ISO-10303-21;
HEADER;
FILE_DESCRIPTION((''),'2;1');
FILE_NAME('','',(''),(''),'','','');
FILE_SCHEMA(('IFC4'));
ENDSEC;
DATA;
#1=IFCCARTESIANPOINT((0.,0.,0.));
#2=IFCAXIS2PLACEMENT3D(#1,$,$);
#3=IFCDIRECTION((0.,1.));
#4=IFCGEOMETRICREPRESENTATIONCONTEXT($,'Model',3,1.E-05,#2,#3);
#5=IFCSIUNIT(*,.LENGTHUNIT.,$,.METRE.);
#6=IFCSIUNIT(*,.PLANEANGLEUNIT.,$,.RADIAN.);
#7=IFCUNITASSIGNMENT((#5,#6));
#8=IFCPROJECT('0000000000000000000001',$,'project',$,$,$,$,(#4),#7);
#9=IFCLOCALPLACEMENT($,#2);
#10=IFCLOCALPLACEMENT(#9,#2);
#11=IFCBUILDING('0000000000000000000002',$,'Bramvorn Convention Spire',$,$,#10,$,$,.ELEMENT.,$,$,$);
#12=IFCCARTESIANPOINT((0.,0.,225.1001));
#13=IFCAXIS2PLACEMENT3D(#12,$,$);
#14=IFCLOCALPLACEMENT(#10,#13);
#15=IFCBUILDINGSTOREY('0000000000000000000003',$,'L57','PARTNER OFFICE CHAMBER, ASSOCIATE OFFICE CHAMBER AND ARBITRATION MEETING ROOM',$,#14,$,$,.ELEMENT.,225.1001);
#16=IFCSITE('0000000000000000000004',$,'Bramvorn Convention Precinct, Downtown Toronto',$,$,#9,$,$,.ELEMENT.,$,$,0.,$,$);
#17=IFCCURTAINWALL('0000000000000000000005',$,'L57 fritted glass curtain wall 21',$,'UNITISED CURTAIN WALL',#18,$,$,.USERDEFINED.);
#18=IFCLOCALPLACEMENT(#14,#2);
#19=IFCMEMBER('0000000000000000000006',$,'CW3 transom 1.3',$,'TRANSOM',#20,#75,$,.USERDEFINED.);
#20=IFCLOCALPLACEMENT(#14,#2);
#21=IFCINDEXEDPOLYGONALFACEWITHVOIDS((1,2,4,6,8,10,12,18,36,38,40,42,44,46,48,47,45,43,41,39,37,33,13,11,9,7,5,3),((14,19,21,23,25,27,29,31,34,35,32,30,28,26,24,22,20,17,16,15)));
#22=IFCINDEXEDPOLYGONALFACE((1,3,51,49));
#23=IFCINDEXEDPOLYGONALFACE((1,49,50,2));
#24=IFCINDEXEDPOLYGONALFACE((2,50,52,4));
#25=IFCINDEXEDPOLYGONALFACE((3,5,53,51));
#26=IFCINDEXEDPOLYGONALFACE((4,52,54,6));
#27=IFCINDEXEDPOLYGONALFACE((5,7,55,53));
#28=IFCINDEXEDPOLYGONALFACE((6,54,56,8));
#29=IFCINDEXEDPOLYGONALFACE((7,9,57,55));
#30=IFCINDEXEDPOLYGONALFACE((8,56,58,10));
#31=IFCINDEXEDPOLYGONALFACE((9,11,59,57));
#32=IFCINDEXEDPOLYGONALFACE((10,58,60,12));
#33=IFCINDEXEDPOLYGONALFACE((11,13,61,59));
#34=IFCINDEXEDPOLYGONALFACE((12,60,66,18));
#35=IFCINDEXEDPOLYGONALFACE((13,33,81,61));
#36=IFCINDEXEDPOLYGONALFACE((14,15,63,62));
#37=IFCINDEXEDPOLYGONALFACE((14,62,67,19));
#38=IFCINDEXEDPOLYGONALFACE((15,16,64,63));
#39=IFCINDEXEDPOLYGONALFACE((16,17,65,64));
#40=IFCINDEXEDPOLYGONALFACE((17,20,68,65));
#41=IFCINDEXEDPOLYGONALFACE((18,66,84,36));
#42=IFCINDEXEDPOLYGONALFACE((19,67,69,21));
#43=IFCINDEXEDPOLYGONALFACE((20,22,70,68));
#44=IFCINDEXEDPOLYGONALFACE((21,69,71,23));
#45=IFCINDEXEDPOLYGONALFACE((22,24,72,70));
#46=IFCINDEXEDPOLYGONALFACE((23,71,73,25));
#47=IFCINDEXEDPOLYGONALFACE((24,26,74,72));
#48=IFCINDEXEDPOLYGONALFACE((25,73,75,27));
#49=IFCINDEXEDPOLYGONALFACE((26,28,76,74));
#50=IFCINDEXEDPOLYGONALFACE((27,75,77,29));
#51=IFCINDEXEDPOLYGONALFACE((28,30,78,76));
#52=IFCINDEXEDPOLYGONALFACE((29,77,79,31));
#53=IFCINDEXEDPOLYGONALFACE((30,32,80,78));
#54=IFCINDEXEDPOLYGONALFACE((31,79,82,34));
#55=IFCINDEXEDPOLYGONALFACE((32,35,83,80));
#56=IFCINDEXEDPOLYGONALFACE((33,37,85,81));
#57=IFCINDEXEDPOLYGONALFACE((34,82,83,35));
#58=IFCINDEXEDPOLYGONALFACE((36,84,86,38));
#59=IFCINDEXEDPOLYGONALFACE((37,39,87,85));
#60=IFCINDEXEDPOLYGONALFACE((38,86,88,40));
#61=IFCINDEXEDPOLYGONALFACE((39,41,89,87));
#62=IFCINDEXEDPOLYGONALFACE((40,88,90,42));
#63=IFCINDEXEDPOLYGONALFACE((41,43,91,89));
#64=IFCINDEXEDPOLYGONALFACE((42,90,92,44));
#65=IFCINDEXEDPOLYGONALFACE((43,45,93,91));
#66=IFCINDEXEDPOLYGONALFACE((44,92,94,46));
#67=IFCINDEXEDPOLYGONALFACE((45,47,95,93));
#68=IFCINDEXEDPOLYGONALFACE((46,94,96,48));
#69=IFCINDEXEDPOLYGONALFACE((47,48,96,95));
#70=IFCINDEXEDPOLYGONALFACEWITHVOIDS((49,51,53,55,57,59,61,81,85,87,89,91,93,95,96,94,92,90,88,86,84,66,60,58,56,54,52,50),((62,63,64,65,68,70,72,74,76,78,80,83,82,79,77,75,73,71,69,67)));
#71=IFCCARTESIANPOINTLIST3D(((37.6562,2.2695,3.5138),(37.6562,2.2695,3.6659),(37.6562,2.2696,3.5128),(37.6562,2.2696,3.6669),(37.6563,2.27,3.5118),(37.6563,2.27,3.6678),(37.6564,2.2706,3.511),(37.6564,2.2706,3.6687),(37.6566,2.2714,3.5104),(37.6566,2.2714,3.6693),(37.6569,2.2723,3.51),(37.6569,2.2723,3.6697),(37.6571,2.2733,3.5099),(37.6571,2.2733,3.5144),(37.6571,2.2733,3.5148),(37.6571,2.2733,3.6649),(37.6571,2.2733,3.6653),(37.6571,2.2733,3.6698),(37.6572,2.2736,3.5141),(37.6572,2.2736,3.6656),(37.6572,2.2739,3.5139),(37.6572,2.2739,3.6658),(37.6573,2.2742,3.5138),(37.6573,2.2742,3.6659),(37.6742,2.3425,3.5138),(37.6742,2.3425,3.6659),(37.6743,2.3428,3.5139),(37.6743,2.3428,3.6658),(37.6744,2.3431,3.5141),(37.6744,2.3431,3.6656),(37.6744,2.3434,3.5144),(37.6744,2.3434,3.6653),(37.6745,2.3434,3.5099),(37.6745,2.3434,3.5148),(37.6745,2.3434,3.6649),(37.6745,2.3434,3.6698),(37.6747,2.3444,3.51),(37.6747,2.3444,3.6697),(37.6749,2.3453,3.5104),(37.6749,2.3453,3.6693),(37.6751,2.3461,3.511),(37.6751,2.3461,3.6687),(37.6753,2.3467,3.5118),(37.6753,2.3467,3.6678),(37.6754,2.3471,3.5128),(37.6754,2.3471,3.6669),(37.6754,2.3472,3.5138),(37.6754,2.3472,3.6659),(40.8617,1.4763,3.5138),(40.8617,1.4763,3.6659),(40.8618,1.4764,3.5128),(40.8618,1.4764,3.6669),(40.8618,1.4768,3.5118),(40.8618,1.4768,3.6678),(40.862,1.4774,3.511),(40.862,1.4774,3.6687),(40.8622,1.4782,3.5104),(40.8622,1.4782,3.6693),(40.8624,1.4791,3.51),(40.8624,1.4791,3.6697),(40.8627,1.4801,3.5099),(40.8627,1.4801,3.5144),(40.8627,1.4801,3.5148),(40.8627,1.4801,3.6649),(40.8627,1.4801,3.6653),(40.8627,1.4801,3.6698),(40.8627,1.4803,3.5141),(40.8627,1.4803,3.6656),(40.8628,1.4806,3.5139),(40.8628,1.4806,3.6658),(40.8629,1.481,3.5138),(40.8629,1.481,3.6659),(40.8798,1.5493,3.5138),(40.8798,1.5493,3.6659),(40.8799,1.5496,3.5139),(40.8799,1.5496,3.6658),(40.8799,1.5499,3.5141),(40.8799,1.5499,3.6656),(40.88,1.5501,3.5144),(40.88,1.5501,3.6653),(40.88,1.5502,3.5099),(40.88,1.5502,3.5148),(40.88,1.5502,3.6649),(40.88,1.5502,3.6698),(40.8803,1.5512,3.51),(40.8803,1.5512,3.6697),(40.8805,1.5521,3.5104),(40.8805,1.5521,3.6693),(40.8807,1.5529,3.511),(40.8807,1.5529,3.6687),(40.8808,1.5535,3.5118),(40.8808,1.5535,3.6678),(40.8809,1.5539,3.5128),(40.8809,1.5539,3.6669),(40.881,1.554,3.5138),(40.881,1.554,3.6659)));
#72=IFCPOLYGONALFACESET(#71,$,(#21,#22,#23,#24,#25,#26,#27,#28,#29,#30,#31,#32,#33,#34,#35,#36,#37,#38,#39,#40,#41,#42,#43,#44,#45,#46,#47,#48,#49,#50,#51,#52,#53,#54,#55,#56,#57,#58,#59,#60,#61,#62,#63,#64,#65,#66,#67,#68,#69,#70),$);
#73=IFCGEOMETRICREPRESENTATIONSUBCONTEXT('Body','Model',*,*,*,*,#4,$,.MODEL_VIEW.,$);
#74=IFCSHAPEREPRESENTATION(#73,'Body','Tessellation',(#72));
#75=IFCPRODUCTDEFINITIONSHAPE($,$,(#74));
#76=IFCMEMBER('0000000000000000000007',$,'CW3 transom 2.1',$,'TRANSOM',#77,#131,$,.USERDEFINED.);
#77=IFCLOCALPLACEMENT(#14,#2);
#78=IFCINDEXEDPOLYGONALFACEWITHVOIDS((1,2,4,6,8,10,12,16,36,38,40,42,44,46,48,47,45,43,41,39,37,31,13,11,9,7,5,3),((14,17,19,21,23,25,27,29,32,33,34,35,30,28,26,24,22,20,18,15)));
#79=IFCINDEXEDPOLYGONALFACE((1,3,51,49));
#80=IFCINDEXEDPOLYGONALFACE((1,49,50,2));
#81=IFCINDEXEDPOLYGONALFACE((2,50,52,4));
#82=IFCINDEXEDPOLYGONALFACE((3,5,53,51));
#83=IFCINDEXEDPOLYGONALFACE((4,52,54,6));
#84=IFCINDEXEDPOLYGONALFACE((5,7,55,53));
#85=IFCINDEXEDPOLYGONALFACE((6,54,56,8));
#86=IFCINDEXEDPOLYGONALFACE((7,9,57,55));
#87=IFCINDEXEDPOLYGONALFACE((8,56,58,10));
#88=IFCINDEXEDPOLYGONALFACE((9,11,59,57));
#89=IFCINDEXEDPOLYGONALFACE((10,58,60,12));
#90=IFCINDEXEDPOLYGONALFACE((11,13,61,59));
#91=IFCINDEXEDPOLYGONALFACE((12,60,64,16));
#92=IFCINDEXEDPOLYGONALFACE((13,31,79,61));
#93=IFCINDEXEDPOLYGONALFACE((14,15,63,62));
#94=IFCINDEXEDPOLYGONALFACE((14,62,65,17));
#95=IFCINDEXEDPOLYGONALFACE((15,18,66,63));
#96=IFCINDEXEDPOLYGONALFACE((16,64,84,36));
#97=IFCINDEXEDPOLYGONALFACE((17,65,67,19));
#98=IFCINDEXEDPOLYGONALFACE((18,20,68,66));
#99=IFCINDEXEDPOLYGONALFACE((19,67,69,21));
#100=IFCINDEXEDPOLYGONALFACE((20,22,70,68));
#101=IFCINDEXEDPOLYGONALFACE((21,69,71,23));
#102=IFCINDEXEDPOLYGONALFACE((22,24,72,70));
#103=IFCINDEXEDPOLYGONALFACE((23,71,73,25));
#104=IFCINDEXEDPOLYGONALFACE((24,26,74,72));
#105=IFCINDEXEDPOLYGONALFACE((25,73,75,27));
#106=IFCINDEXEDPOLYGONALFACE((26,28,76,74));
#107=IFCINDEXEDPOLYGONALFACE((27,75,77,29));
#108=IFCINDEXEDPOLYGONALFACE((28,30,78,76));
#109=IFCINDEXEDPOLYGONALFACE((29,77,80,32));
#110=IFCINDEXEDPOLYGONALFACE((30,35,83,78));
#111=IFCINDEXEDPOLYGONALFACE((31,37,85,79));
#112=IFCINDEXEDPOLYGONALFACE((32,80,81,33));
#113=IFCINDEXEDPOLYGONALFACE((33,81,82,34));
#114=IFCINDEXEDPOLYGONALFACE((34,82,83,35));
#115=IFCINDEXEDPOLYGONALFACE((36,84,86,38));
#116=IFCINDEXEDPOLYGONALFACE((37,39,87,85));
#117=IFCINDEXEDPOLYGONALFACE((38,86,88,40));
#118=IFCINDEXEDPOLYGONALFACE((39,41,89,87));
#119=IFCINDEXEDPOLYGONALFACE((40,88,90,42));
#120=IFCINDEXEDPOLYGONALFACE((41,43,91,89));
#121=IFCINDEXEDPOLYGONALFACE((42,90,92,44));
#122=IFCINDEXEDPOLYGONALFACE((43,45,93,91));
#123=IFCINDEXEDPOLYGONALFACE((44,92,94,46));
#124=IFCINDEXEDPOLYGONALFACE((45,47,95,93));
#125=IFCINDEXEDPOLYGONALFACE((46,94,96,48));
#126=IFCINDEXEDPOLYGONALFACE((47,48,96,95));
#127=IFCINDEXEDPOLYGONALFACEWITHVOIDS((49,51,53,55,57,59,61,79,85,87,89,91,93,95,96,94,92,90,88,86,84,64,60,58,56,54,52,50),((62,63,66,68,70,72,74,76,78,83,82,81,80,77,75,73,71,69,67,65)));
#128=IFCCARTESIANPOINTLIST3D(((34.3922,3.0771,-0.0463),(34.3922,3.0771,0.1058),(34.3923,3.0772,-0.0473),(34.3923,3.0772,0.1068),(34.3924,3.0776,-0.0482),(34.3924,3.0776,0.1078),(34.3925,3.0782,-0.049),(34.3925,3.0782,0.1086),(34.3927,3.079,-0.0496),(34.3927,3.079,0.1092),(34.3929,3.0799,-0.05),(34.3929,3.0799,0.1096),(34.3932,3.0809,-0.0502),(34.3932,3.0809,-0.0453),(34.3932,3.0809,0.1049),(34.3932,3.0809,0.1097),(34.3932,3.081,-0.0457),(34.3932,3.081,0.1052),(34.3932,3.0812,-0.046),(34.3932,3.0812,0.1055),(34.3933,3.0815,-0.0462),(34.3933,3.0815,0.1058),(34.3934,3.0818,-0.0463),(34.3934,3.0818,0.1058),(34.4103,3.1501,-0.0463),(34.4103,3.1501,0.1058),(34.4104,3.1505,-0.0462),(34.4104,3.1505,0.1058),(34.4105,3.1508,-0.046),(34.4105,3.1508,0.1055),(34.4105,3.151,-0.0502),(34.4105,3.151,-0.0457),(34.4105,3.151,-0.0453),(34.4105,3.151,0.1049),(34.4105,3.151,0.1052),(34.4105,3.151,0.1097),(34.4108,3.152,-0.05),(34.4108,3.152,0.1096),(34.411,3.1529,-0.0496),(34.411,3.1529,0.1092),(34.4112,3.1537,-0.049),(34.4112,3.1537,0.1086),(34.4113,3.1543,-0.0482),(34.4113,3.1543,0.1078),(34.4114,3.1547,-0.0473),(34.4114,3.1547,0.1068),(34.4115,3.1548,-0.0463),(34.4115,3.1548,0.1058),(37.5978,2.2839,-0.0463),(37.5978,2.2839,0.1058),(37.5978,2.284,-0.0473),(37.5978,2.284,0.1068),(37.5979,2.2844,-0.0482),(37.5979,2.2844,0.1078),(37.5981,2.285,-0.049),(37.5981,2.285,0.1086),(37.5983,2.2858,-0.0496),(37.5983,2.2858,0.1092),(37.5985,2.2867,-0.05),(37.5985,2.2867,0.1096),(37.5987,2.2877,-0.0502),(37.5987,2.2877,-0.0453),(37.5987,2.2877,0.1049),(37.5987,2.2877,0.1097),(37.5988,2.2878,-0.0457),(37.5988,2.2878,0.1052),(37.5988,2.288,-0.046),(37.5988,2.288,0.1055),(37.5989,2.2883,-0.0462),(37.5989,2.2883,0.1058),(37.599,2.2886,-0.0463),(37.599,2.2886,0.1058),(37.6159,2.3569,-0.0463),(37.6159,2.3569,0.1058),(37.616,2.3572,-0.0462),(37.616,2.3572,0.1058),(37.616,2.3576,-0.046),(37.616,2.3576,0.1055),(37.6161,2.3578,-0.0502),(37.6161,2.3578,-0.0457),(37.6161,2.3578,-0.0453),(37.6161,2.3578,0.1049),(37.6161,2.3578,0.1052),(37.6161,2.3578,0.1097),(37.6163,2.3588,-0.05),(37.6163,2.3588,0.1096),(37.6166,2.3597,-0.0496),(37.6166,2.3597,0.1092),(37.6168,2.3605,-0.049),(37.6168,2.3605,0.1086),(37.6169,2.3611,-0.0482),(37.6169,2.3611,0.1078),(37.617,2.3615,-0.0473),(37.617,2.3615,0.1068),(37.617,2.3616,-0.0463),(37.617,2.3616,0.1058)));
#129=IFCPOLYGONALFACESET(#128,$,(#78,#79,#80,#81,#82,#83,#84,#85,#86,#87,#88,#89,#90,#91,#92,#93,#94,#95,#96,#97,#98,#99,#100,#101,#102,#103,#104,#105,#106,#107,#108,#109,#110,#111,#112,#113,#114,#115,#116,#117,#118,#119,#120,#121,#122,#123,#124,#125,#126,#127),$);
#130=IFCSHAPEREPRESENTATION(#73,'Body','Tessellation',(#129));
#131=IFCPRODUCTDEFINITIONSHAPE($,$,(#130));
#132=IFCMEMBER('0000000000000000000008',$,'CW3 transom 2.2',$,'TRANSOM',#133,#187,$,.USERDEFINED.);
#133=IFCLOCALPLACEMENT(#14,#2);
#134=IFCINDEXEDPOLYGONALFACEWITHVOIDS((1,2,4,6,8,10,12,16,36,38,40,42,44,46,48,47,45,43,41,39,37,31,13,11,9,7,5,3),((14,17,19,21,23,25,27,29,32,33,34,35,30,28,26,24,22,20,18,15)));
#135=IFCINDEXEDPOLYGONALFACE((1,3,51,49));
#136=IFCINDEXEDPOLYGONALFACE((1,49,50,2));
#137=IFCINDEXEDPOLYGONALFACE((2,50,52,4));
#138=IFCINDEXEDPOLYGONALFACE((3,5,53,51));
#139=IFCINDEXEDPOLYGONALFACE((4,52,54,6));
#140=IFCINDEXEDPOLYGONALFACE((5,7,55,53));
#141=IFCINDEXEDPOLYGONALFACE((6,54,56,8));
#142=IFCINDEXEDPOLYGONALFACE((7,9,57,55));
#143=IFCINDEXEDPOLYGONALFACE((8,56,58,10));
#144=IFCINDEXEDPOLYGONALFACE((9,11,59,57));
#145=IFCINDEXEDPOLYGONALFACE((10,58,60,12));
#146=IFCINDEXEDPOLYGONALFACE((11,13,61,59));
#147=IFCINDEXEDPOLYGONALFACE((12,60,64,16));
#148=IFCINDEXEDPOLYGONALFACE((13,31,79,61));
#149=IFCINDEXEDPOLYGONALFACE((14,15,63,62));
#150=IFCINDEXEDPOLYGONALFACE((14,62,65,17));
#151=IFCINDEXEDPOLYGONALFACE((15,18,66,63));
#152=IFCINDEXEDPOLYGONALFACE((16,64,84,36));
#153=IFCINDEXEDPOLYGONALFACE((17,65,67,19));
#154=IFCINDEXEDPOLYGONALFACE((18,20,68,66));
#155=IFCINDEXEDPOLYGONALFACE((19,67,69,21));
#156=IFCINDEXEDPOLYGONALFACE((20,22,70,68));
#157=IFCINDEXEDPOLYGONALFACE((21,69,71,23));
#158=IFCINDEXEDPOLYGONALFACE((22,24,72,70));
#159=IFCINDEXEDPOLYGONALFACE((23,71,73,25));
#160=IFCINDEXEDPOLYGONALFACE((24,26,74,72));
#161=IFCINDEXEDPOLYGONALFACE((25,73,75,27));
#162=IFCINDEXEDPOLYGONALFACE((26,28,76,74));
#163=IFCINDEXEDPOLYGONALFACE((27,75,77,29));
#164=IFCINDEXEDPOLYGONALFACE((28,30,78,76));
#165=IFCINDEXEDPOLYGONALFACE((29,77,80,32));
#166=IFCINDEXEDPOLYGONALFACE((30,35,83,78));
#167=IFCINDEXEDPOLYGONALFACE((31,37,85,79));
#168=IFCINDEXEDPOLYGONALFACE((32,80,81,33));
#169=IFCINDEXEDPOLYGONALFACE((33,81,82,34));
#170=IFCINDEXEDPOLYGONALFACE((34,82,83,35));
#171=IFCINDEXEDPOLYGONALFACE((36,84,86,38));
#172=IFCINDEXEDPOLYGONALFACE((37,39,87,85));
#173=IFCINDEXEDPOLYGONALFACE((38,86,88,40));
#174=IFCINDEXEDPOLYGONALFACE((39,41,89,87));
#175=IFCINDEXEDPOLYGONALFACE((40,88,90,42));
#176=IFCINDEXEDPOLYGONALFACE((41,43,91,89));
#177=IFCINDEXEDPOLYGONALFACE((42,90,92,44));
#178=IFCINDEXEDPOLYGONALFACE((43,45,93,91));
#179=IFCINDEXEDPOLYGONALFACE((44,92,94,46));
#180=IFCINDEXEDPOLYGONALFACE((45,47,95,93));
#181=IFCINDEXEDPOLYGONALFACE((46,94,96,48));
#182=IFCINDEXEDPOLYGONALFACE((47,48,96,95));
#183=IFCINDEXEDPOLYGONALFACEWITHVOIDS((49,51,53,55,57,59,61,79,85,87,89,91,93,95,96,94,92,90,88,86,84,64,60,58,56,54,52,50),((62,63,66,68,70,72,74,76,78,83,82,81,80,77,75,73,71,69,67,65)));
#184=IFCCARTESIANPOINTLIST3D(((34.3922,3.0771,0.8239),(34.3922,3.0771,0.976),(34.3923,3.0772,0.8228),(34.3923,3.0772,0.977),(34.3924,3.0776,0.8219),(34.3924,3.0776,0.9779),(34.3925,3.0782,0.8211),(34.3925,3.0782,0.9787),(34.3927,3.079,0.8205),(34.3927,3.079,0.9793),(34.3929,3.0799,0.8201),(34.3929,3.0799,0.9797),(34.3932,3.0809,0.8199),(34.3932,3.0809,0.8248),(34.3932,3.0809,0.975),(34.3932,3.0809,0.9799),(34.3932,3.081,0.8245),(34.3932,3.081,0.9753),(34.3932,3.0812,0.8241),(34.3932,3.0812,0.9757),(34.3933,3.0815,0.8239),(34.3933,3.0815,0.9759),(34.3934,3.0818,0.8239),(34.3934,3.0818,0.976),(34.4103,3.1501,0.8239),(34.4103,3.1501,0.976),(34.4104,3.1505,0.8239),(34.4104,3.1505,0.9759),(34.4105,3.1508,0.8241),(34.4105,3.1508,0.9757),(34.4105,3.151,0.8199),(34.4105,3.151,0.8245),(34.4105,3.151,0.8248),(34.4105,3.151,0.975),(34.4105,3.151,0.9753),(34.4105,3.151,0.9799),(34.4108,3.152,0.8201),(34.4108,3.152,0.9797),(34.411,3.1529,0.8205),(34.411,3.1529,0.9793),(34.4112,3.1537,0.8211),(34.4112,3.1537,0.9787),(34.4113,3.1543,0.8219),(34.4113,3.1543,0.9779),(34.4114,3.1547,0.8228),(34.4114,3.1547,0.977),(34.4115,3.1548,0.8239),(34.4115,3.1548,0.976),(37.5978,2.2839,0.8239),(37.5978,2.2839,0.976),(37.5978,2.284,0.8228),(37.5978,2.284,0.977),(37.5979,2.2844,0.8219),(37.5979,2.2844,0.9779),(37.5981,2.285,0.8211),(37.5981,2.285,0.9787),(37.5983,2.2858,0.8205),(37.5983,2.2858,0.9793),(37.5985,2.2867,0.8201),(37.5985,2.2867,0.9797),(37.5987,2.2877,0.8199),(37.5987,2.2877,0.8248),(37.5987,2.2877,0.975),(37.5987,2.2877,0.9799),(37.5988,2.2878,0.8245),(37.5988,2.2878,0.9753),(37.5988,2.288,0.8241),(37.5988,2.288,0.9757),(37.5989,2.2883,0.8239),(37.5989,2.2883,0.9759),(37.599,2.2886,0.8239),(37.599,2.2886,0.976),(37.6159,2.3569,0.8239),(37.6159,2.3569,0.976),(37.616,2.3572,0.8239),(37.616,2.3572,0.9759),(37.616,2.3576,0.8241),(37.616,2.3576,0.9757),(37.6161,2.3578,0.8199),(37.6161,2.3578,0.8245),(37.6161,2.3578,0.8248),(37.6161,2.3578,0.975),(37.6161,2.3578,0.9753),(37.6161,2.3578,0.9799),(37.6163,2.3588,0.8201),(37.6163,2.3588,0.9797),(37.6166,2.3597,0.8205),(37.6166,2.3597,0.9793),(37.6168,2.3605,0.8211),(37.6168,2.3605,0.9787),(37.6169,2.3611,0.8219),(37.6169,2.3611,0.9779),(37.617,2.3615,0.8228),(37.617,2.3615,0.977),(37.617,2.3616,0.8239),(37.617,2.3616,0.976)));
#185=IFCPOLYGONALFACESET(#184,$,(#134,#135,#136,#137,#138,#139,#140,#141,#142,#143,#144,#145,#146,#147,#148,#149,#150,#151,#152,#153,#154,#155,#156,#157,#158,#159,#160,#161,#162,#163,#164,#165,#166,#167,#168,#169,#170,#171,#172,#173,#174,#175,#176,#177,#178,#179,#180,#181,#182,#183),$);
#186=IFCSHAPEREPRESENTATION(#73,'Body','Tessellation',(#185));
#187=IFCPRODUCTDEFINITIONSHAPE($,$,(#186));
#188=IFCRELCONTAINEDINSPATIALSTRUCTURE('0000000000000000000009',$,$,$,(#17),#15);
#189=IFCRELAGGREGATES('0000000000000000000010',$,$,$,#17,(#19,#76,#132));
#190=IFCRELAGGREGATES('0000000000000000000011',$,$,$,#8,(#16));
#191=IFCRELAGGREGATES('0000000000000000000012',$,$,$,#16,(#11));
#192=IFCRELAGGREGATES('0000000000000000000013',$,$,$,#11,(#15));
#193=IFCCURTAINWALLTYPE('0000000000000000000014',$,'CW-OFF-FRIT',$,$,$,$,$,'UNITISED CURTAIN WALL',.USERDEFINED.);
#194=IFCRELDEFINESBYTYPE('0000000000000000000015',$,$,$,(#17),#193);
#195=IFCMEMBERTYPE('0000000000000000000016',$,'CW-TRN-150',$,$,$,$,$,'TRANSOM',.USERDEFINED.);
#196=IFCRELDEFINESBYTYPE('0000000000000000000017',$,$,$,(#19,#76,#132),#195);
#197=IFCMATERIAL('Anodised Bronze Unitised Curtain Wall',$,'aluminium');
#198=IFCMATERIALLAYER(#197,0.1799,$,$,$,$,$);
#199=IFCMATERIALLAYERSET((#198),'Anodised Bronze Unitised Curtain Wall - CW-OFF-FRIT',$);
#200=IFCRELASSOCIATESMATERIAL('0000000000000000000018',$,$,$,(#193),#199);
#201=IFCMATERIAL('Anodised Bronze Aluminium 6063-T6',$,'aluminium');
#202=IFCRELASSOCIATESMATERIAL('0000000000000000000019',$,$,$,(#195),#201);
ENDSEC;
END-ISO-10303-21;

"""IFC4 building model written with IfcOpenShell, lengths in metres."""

from ifc_helpers import new_model, si_unit, direction, frame, origin, origin_2d, place, context, subcontext, project, spatial, hollow_rectangle, extrude, material, layer, layer_set, material_profile, profile_set, type_object, element, aggregate, save


model = new_model("IFC4")

# Units and contexts
model_context = context("Model", 3, precision=1e-05, world=origin(), true_north=direction((0.0, 1.0)))
body_context = subcontext(model_context, "Body", "Model", "MODEL_VIEW")
ifc_project = project(units=[si_unit("LENGTHUNIT", "METRE"), si_unit("PLANEANGLEUNIT", "RADIAN")], contexts=[model_context])

# Site, building, storey
site_placement = place(None, origin())
site = spatial("IfcSite", under=ifc_project, at=site_placement, Name="Bramvorn Convention Precinct, Downtown Toronto", CompositionType="ELEMENT", RefElevation=0.0)
building_placement = place(site_placement, origin())
building = spatial("IfcBuilding", under=site, at=building_placement, Name="Bramvorn Convention Spire", CompositionType="ELEMENT")
storey_placement = place(building_placement, frame((0.0, 0.0, 225.1001)))
storey = spatial("IfcBuildingStorey", under=building, at=storey_placement, Name="L57", Description="PARTNER OFFICE CHAMBER, ASSOCIATE OFFICE CHAMBER AND ARBITRATION MEETING ROOM", CompositionType="ELEMENT", Elevation=225.1001)

# Curtain wall, members
ifc_material_1 = material(Name="Anodised Bronze Unitised Curtain Wall", Category="aluminium")
ifc_layer_1 = layer(ifc_material_1, 0.1799)
ifc_layer_set_1 = layer_set([ifc_layer_1], Name="Anodised Bronze Unitised Curtain Wall - CW-OFF-FRIT")
curtain_wall_type = type_object("IfcCurtainWallType", Name="CW-OFF-FRIT", ElementType="UNITISED CURTAIN WALL", PredefinedType="USERDEFINED", material=ifc_layer_set_1)
curtain_wall_placement = place(storey_placement, origin())
curtain_wall = element("IfcCurtainWall", 1, at=curtain_wall_placement, inside=storey, type_object=curtain_wall_type, Name="L57 fritted glass curtain wall 21", ObjectType="UNITISED CURTAIN WALL", PredefinedType="USERDEFINED")
ifc_material_2 = material(Name="Anodised Bronze Aluminium 6063-T6", Category="aluminium")
ifc_material_profile_1 = material_profile(ifc_material_2, hollow_rectangle(XDim=0.0801, YDim=0.1599, WallThickness=0.0039, InnerFilletRadius=0.001, OuterFilletRadius=0.0039, at=origin_2d()))
ifc_profile_set_1 = profile_set([ifc_material_profile_1], Name="Anodised Bronze Aluminium 6063-T6 - CWT80X160")
member_type_1 = type_object("IfcMemberType", Name="CW-TRN-150", ElementType="TRANSOM", PredefinedType="USERDEFINED", material=ifc_profile_set_1)
member_1_placement = place(storey_placement, frame((40.8713, 1.5151, 3.5898), z_axis=(-0.970722, 0.240204, 0.0), x_axis=(-0.240204, -0.970722, 0.0)))
member_1 = element("IfcMember", 2, at=member_1_placement, type_object=member_type_1, Name="CW3 transom 1.3", ObjectType="TRANSOM", PredefinedType="USERDEFINED", context=body_context, shape_type="SweptSolid", body=[
    extrude(hollow_rectangle(XDim=0.0801, YDim=0.1599, WallThickness=0.0039, InnerFilletRadius=0.001, OuterFilletRadius=0.0039, at=origin_2d()), origin(), (0.0, 0.0, 1.0), 3.3022),
])
member_2_placement = place(storey_placement, frame((37.6074, 2.3228, 0.0298), z_axis=(-0.970722, 0.240204, 0.0), x_axis=(-0.240204, -0.970722, 0.0)))
member_2 = element("IfcMember", 3, at=member_2_placement, type_object=member_type_1, Name="CW3 transom 2.1", ObjectType="TRANSOM", PredefinedType="USERDEFINED", context=body_context, shape_type="SweptSolid", body=[
    extrude(hollow_rectangle(XDim=0.0801, YDim=0.1599, WallThickness=0.0039, InnerFilletRadius=0.001, OuterFilletRadius=0.0039, at=origin_2d()), origin(), (0.0, 0.0, 1.0), 3.3022),
])
member_3_placement = place(storey_placement, frame((37.6074, 2.3228, 0.8999), z_axis=(-0.970722, 0.240204, 0.0), x_axis=(-0.240204, -0.970722, 0.0)))
member_3 = element("IfcMember", 4, at=member_3_placement, type_object=member_type_1, Name="CW3 transom 2.2", ObjectType="TRANSOM", PredefinedType="USERDEFINED", context=body_context, shape_type="SweptSolid", body=[
    extrude(hollow_rectangle(XDim=0.0801, YDim=0.1599, WallThickness=0.0039, InnerFilletRadius=0.001, OuterFilletRadius=0.0039, at=origin_2d()), origin(), (0.0, 0.0, 1.0), 3.3022),
])
aggregate(curtain_wall, [member_1, member_2, member_3])

save(model, "model.ifc")
